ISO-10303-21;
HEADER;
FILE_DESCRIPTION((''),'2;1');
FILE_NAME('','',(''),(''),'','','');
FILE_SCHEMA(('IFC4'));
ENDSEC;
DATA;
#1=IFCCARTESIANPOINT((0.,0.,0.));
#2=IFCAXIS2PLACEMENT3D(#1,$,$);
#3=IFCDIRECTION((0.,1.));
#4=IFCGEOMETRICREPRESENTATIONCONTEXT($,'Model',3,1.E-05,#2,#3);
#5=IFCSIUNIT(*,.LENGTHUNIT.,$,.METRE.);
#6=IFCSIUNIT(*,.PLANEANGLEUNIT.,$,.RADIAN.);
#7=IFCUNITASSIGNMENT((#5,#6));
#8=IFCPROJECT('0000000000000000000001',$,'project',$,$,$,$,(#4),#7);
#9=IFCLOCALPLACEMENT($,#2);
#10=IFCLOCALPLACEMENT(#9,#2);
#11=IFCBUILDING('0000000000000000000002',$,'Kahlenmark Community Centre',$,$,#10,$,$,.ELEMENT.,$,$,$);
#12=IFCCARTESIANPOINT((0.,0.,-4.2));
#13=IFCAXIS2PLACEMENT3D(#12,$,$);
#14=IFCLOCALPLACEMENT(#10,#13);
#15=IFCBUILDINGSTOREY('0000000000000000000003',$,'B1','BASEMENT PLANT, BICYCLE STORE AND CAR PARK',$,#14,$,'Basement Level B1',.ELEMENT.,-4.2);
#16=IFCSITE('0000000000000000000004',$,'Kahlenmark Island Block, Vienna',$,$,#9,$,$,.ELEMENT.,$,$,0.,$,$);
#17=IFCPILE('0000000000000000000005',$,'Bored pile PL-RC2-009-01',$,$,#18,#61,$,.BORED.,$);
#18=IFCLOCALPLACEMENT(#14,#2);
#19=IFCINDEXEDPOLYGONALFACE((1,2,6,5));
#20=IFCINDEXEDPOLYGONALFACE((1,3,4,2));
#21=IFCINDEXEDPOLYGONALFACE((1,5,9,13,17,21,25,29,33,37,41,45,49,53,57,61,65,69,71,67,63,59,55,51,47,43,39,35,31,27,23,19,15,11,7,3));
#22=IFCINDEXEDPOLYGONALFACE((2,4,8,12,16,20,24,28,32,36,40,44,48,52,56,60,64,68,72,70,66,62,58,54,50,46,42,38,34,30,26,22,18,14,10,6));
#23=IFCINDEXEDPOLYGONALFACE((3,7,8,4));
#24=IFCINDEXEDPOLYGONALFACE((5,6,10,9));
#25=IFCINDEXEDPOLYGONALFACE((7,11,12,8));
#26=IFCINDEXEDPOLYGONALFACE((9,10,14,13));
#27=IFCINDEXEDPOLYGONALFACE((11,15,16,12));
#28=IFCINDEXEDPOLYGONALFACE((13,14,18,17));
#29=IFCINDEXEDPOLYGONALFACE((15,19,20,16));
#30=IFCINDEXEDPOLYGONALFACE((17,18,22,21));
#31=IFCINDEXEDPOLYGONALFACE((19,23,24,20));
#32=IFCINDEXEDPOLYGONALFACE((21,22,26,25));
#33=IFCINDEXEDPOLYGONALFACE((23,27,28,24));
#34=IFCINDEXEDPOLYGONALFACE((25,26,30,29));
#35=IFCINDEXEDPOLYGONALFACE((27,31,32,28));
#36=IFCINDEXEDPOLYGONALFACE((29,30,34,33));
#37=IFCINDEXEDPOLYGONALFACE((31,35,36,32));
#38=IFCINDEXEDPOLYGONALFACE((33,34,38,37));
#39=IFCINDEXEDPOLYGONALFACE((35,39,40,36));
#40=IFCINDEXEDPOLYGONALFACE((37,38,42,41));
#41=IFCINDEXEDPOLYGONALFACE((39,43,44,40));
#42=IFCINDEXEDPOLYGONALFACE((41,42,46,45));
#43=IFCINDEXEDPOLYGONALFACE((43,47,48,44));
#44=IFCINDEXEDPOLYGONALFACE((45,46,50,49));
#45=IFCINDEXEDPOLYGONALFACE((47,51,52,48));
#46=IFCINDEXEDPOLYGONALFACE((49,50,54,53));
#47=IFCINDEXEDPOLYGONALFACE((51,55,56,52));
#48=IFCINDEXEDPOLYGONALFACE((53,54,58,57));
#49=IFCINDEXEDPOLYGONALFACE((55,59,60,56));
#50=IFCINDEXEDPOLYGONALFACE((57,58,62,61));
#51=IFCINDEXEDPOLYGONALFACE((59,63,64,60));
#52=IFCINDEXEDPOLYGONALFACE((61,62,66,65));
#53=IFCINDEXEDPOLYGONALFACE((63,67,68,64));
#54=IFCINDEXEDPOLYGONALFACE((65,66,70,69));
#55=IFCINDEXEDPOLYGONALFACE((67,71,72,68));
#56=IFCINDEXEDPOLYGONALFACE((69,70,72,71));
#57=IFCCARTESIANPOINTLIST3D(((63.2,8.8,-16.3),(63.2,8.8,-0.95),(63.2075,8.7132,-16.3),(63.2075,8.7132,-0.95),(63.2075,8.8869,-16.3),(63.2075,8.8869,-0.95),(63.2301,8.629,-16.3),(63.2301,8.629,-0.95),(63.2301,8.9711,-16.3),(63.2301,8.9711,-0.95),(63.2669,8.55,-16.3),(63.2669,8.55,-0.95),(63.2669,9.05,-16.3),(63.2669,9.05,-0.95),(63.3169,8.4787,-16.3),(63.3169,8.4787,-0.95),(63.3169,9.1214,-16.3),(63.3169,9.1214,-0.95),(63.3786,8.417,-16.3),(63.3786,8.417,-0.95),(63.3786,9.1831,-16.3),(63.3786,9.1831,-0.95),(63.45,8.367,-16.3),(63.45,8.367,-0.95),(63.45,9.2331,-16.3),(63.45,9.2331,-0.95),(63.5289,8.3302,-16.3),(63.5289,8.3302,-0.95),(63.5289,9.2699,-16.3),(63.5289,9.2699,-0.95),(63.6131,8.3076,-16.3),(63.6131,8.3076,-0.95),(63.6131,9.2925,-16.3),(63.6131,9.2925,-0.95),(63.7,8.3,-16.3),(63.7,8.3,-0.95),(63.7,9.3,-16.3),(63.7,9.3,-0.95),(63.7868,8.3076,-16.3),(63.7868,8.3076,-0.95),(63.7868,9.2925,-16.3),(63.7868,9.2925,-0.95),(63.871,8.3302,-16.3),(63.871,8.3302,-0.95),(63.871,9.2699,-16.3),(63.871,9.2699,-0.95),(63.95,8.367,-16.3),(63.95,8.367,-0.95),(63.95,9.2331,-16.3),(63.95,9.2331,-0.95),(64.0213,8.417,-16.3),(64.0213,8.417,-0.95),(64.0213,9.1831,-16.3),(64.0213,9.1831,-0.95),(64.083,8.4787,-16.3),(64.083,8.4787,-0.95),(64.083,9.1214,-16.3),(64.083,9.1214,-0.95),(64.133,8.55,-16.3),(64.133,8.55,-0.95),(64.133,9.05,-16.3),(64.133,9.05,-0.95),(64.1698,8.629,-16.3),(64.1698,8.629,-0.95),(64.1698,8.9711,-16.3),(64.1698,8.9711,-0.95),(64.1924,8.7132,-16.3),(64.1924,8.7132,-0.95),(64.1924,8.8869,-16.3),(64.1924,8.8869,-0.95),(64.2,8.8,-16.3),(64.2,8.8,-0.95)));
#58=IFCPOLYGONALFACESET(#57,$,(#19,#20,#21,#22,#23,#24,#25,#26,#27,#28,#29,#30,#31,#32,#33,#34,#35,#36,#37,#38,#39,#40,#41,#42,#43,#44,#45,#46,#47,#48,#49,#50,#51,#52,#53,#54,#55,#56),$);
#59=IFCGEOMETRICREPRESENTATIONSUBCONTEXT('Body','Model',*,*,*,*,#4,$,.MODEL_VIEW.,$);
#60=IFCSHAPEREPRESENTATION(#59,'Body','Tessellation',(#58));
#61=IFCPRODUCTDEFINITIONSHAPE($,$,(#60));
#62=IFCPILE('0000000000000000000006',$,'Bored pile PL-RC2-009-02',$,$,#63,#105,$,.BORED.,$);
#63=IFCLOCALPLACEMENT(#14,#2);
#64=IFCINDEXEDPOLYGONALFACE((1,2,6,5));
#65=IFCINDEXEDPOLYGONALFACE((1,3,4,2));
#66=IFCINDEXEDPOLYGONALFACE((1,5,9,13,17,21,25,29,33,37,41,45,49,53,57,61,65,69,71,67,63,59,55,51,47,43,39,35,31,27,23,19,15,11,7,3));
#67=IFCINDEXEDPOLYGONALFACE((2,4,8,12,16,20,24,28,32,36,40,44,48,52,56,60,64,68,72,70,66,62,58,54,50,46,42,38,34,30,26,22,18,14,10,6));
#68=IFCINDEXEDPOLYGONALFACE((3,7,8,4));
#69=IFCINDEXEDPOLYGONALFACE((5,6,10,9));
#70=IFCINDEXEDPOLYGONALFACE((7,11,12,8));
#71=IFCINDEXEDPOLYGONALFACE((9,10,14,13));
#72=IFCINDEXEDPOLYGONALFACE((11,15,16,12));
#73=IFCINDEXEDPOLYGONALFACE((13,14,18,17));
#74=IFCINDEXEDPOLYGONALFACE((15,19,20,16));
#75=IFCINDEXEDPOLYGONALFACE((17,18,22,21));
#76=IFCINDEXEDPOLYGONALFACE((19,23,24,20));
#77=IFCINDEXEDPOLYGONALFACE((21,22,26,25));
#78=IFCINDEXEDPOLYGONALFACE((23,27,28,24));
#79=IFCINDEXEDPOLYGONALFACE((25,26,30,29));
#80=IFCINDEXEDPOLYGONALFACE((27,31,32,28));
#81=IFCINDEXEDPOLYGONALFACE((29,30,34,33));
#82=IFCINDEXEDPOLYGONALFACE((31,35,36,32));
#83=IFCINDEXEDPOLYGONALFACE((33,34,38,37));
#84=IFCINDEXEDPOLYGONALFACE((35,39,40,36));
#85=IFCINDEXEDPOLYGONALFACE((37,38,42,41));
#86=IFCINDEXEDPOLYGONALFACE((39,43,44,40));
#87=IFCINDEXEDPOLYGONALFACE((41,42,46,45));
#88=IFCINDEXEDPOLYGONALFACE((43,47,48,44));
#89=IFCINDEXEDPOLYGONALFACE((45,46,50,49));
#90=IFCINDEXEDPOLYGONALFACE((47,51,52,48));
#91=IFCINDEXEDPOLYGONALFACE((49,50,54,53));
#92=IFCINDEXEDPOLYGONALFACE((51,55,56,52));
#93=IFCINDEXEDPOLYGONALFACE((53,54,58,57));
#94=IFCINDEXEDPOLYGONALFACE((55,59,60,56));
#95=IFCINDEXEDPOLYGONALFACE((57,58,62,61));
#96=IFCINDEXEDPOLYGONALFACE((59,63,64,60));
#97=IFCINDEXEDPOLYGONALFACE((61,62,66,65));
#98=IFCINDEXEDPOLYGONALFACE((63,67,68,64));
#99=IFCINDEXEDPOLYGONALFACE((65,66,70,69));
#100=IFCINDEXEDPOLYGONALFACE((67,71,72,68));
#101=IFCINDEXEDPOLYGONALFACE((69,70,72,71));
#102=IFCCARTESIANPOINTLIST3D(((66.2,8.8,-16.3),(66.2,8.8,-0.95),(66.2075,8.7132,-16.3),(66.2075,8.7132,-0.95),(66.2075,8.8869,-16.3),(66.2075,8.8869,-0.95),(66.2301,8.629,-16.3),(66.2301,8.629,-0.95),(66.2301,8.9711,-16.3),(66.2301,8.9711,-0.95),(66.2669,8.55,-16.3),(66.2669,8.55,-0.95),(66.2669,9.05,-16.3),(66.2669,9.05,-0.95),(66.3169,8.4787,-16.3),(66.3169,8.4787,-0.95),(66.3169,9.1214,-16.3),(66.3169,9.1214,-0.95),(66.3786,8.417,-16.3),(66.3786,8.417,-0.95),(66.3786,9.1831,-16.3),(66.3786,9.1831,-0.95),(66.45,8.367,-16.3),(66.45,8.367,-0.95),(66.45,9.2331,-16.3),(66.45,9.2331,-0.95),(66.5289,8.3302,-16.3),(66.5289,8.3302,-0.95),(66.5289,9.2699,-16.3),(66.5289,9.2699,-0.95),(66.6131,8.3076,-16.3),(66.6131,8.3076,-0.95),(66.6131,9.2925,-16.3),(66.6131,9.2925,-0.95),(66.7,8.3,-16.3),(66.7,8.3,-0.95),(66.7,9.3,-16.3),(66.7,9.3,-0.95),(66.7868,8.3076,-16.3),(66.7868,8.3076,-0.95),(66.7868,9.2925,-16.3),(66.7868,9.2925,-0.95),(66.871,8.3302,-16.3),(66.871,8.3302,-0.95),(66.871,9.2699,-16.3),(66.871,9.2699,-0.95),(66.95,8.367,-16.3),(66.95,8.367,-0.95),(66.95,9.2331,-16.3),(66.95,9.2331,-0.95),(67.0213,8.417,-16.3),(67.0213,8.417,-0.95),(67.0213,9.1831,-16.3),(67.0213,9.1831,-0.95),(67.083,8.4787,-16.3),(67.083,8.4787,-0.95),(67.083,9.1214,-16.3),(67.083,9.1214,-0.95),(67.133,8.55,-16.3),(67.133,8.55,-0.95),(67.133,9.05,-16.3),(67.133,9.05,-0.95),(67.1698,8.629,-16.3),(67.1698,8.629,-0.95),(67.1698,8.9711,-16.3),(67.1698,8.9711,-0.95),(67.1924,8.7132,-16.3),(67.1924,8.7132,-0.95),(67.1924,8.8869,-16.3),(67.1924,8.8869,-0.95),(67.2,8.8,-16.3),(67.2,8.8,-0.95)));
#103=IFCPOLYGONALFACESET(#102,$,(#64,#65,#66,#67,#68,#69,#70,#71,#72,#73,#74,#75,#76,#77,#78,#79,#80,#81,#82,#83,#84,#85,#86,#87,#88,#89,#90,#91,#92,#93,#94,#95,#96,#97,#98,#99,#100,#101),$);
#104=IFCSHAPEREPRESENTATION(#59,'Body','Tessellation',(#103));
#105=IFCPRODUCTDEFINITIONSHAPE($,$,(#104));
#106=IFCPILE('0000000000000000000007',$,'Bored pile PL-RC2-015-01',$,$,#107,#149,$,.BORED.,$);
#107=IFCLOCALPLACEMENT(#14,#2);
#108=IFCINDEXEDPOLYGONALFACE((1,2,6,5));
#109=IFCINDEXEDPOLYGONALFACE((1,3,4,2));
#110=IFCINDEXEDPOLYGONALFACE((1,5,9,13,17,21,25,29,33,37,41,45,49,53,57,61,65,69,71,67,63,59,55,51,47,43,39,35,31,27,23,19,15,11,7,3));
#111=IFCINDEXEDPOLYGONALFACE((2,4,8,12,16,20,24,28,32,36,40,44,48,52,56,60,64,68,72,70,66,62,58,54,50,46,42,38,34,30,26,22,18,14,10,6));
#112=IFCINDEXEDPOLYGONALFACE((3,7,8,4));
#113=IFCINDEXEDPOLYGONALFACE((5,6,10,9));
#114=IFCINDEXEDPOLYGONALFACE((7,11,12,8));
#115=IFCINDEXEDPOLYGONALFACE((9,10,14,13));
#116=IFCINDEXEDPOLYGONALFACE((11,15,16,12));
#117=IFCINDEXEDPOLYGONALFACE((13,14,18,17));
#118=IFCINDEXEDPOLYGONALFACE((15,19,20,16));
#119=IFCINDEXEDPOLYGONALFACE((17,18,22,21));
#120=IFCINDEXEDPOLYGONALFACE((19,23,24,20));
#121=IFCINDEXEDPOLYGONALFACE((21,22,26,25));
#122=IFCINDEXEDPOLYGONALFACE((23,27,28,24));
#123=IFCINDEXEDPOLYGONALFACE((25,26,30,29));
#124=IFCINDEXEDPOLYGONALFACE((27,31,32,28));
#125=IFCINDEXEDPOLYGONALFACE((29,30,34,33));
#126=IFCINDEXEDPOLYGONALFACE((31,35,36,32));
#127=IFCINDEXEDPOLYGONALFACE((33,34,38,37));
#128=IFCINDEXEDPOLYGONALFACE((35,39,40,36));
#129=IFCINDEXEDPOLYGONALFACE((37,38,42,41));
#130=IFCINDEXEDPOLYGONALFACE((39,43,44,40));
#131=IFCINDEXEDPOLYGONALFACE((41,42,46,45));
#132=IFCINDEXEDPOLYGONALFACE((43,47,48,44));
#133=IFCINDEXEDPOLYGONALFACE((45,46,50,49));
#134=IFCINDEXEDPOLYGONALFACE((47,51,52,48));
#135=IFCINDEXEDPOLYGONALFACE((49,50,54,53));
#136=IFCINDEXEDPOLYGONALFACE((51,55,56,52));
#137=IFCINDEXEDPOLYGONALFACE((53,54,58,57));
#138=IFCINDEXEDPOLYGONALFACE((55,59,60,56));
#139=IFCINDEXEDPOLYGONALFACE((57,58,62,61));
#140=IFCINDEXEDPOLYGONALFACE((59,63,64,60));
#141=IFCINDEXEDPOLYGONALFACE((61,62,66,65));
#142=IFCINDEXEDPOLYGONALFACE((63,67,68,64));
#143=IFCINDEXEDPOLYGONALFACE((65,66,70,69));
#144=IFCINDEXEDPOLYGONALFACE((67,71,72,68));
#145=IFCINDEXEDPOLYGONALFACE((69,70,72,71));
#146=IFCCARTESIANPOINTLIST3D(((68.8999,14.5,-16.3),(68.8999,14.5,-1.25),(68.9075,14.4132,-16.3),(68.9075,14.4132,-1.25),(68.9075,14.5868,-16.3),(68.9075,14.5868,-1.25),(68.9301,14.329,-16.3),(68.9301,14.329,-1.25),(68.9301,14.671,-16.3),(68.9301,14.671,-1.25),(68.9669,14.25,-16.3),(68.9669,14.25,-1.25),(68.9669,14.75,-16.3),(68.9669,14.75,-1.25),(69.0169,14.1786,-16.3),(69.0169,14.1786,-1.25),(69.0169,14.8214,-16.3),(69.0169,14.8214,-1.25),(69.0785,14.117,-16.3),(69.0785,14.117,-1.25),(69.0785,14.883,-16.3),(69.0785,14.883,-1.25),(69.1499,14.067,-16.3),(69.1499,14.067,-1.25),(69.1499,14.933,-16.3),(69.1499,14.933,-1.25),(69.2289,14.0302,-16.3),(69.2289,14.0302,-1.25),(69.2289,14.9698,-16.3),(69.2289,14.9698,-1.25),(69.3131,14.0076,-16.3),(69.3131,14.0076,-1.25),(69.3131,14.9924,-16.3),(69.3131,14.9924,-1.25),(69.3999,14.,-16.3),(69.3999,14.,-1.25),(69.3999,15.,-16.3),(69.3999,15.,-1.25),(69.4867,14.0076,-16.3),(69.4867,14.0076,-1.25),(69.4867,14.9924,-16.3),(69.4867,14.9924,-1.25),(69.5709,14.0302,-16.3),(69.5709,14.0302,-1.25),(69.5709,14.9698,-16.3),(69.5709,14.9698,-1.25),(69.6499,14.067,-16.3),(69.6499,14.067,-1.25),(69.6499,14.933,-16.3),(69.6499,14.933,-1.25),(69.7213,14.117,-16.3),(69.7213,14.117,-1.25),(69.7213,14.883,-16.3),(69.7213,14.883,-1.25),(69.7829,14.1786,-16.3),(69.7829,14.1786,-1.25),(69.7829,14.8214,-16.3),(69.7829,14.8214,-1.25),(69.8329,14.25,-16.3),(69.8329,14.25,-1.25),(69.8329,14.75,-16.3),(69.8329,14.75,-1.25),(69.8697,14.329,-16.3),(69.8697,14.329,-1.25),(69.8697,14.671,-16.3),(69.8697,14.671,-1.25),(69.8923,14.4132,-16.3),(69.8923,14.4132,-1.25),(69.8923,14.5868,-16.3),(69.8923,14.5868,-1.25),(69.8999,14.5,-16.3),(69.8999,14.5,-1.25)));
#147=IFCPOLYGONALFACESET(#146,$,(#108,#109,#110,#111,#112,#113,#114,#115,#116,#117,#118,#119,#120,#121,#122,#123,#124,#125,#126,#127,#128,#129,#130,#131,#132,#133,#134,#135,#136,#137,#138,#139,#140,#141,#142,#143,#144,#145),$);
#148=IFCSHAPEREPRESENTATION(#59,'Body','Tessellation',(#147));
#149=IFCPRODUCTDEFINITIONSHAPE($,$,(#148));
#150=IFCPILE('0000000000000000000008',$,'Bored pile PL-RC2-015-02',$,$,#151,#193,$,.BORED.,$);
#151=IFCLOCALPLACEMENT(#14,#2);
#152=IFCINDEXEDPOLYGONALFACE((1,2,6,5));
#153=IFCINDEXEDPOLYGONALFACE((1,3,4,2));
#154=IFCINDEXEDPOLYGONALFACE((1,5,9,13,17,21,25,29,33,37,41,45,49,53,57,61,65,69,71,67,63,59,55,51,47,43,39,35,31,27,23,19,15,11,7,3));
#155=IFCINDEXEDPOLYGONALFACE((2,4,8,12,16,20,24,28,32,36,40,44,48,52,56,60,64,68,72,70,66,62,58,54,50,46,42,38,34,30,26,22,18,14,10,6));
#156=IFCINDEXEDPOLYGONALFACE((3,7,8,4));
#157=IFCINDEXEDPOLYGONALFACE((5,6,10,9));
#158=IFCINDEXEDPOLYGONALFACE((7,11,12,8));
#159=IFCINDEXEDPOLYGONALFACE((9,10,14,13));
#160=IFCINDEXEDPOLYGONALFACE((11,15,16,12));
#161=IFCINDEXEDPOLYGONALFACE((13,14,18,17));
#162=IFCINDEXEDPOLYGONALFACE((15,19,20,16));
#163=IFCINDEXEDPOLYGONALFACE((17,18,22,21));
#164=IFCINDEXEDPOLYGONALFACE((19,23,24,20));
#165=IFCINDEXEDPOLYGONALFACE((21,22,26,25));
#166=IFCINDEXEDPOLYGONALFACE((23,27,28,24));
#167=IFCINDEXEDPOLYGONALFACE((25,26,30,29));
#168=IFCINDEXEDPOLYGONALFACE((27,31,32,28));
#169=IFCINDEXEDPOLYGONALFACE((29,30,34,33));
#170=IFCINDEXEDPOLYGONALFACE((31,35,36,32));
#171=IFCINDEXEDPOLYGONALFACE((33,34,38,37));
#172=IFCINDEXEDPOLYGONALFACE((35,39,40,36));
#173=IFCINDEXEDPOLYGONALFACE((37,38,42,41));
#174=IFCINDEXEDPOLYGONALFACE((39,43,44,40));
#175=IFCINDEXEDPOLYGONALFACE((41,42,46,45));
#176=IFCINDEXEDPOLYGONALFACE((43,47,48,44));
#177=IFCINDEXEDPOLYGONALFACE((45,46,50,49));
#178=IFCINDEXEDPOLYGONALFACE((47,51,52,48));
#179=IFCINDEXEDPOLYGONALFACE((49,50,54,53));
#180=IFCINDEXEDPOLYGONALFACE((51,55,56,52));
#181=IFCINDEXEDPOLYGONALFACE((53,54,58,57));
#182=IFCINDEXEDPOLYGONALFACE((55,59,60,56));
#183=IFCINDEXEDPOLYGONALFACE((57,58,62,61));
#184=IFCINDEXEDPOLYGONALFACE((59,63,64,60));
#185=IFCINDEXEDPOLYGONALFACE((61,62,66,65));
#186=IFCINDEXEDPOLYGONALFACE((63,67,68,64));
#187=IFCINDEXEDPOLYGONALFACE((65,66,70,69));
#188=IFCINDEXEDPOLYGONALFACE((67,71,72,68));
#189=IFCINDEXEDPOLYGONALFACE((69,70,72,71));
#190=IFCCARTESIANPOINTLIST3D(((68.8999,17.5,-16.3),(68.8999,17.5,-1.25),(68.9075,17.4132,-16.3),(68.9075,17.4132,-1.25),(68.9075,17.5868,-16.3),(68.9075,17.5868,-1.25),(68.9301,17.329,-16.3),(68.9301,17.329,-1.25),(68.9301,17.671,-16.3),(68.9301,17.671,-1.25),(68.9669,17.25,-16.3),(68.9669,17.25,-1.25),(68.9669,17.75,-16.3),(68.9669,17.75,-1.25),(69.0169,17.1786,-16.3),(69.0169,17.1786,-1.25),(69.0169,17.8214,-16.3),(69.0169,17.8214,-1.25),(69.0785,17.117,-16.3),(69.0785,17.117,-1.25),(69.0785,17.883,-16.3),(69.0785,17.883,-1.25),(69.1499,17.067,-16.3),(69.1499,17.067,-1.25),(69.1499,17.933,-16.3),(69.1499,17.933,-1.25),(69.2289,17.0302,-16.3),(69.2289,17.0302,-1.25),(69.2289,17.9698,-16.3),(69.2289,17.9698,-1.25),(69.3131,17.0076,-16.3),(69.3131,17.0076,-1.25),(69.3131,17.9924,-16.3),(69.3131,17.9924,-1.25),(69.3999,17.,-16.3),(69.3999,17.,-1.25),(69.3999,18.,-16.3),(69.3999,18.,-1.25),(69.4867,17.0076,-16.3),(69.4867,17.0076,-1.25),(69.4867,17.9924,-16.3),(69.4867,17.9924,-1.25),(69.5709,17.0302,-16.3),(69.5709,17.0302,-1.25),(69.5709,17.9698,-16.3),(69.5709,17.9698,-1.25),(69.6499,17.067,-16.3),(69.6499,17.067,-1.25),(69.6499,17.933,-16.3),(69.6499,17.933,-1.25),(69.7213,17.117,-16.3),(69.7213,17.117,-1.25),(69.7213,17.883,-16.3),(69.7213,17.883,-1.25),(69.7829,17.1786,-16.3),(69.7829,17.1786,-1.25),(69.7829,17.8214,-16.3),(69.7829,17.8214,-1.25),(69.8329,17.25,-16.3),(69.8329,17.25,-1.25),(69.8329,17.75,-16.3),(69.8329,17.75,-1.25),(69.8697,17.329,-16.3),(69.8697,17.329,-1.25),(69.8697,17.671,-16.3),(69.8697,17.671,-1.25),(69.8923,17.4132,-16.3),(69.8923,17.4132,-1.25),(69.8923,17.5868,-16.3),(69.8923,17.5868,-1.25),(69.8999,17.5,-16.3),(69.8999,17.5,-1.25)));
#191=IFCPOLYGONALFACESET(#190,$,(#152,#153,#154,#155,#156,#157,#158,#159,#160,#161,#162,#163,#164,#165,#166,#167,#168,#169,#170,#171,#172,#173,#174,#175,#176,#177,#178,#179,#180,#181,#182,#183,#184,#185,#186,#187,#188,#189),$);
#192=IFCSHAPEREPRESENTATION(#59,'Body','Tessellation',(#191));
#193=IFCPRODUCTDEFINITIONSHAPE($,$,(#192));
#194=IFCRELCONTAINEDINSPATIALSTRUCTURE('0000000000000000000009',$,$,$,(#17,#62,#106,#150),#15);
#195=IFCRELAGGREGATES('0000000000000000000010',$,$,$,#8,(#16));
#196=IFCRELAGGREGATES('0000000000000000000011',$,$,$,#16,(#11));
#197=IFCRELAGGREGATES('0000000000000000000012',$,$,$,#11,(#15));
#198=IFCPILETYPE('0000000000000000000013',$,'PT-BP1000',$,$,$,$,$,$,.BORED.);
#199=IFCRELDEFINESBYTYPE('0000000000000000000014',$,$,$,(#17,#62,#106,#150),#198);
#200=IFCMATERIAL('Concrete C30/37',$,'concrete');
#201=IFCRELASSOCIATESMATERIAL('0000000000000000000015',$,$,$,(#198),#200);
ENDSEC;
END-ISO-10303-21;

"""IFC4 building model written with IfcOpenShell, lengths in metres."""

from ifc_helpers import new_model, si_unit, direction, frame, origin, origin_2d, place, context, subcontext, project, spatial, circle, extrude, material, material_profile, profile_set, type_object, element, save


model = new_model("IFC4")

# Units and contexts
model_context = context("Model", 3, precision=1e-05, world=origin(), true_north=direction((0.0, 1.0)))
body_context = subcontext(model_context, "Body", "Model", "MODEL_VIEW")
ifc_project = project(units=[si_unit("LENGTHUNIT", "METRE"), si_unit("PLANEANGLEUNIT", "RADIAN")], contexts=[model_context])

# Site, building, storey
site_placement = place(None, origin())
site = spatial("IfcSite", under=ifc_project, at=site_placement, Name="Kahlenmark Island Block, Vienna", CompositionType="ELEMENT", RefElevation=0.0)
building_placement = place(site_placement, origin())
building = spatial("IfcBuilding", under=site, at=building_placement, Name="Kahlenmark Community Centre", CompositionType="ELEMENT")
storey_placement = place(building_placement, frame((0.0, 0.0, -4.2)))
storey = spatial("IfcBuildingStorey", under=building, at=storey_placement, Name="B1", Description="BASEMENT PLANT, BICYCLE STORE AND CAR PARK", LongName="Basement Level B1", CompositionType="ELEMENT", Elevation=-4.2)

# Shared definitions
ifc_material_1 = material(Name="Concrete C30/37", Category="concrete")

# Piles
ifc_material_profile_1 = material_profile(ifc_material_1, circle(Radius=0.5, at=origin_2d()), Name="BORED PILE 1000")
ifc_profile_set_1 = profile_set([ifc_material_profile_1], Name="Concrete C30/37")
pile_type_1 = type_object("IfcPileType", Name="PT-BP1000", PredefinedType="BORED", material=ifc_profile_set_1)
for number, where, z_axis, x_axis, name in (
    (1, (63.7, 8.8, -0.95), (0.0, 0.0, -1.0), (1.0, 0.0, 0.0), "Bored pile PL-RC2-009-01"),
    (2, (66.7, 8.8, -0.95), (0.0, 0.0, -1.0), (1.0, 0.0, 0.0), "Bored pile PL-RC2-009-02"),
):
    element("IfcPile", number, at=place(storey_placement, frame(where, z_axis=z_axis, x_axis=x_axis)), inside=storey, type_object=pile_type_1, Name=name, PredefinedType="BORED", context=body_context, shape_type="SweptSolid", body=[
        extrude(circle(Radius=0.5, at=origin_2d()), origin(), (0.0, 0.0, 1.0), 15.3501),
    ])
for number, where, z_axis, x_axis, name in (
    (3, (69.3999, 14.5, -1.25), (0.0, 0.0, -1.0), (1.0, 0.0, 0.0), "Bored pile PL-RC2-015-01"),
    (4, (69.3999, 17.5, -1.25), (0.0, 0.0, -1.0), (1.0, 0.0, 0.0), "Bored pile PL-RC2-015-02"),
):
    element("IfcPile", number, at=place(storey_placement, frame(where, z_axis=z_axis, x_axis=x_axis)), inside=storey, type_object=pile_type_1, Name=name, PredefinedType="BORED", context=body_context, shape_type="SweptSolid", body=[
        extrude(circle(Radius=0.5, at=origin_2d()), origin(), (0.0, 0.0, 1.0), 15.05),
    ])

save(model, "model.ifc")
